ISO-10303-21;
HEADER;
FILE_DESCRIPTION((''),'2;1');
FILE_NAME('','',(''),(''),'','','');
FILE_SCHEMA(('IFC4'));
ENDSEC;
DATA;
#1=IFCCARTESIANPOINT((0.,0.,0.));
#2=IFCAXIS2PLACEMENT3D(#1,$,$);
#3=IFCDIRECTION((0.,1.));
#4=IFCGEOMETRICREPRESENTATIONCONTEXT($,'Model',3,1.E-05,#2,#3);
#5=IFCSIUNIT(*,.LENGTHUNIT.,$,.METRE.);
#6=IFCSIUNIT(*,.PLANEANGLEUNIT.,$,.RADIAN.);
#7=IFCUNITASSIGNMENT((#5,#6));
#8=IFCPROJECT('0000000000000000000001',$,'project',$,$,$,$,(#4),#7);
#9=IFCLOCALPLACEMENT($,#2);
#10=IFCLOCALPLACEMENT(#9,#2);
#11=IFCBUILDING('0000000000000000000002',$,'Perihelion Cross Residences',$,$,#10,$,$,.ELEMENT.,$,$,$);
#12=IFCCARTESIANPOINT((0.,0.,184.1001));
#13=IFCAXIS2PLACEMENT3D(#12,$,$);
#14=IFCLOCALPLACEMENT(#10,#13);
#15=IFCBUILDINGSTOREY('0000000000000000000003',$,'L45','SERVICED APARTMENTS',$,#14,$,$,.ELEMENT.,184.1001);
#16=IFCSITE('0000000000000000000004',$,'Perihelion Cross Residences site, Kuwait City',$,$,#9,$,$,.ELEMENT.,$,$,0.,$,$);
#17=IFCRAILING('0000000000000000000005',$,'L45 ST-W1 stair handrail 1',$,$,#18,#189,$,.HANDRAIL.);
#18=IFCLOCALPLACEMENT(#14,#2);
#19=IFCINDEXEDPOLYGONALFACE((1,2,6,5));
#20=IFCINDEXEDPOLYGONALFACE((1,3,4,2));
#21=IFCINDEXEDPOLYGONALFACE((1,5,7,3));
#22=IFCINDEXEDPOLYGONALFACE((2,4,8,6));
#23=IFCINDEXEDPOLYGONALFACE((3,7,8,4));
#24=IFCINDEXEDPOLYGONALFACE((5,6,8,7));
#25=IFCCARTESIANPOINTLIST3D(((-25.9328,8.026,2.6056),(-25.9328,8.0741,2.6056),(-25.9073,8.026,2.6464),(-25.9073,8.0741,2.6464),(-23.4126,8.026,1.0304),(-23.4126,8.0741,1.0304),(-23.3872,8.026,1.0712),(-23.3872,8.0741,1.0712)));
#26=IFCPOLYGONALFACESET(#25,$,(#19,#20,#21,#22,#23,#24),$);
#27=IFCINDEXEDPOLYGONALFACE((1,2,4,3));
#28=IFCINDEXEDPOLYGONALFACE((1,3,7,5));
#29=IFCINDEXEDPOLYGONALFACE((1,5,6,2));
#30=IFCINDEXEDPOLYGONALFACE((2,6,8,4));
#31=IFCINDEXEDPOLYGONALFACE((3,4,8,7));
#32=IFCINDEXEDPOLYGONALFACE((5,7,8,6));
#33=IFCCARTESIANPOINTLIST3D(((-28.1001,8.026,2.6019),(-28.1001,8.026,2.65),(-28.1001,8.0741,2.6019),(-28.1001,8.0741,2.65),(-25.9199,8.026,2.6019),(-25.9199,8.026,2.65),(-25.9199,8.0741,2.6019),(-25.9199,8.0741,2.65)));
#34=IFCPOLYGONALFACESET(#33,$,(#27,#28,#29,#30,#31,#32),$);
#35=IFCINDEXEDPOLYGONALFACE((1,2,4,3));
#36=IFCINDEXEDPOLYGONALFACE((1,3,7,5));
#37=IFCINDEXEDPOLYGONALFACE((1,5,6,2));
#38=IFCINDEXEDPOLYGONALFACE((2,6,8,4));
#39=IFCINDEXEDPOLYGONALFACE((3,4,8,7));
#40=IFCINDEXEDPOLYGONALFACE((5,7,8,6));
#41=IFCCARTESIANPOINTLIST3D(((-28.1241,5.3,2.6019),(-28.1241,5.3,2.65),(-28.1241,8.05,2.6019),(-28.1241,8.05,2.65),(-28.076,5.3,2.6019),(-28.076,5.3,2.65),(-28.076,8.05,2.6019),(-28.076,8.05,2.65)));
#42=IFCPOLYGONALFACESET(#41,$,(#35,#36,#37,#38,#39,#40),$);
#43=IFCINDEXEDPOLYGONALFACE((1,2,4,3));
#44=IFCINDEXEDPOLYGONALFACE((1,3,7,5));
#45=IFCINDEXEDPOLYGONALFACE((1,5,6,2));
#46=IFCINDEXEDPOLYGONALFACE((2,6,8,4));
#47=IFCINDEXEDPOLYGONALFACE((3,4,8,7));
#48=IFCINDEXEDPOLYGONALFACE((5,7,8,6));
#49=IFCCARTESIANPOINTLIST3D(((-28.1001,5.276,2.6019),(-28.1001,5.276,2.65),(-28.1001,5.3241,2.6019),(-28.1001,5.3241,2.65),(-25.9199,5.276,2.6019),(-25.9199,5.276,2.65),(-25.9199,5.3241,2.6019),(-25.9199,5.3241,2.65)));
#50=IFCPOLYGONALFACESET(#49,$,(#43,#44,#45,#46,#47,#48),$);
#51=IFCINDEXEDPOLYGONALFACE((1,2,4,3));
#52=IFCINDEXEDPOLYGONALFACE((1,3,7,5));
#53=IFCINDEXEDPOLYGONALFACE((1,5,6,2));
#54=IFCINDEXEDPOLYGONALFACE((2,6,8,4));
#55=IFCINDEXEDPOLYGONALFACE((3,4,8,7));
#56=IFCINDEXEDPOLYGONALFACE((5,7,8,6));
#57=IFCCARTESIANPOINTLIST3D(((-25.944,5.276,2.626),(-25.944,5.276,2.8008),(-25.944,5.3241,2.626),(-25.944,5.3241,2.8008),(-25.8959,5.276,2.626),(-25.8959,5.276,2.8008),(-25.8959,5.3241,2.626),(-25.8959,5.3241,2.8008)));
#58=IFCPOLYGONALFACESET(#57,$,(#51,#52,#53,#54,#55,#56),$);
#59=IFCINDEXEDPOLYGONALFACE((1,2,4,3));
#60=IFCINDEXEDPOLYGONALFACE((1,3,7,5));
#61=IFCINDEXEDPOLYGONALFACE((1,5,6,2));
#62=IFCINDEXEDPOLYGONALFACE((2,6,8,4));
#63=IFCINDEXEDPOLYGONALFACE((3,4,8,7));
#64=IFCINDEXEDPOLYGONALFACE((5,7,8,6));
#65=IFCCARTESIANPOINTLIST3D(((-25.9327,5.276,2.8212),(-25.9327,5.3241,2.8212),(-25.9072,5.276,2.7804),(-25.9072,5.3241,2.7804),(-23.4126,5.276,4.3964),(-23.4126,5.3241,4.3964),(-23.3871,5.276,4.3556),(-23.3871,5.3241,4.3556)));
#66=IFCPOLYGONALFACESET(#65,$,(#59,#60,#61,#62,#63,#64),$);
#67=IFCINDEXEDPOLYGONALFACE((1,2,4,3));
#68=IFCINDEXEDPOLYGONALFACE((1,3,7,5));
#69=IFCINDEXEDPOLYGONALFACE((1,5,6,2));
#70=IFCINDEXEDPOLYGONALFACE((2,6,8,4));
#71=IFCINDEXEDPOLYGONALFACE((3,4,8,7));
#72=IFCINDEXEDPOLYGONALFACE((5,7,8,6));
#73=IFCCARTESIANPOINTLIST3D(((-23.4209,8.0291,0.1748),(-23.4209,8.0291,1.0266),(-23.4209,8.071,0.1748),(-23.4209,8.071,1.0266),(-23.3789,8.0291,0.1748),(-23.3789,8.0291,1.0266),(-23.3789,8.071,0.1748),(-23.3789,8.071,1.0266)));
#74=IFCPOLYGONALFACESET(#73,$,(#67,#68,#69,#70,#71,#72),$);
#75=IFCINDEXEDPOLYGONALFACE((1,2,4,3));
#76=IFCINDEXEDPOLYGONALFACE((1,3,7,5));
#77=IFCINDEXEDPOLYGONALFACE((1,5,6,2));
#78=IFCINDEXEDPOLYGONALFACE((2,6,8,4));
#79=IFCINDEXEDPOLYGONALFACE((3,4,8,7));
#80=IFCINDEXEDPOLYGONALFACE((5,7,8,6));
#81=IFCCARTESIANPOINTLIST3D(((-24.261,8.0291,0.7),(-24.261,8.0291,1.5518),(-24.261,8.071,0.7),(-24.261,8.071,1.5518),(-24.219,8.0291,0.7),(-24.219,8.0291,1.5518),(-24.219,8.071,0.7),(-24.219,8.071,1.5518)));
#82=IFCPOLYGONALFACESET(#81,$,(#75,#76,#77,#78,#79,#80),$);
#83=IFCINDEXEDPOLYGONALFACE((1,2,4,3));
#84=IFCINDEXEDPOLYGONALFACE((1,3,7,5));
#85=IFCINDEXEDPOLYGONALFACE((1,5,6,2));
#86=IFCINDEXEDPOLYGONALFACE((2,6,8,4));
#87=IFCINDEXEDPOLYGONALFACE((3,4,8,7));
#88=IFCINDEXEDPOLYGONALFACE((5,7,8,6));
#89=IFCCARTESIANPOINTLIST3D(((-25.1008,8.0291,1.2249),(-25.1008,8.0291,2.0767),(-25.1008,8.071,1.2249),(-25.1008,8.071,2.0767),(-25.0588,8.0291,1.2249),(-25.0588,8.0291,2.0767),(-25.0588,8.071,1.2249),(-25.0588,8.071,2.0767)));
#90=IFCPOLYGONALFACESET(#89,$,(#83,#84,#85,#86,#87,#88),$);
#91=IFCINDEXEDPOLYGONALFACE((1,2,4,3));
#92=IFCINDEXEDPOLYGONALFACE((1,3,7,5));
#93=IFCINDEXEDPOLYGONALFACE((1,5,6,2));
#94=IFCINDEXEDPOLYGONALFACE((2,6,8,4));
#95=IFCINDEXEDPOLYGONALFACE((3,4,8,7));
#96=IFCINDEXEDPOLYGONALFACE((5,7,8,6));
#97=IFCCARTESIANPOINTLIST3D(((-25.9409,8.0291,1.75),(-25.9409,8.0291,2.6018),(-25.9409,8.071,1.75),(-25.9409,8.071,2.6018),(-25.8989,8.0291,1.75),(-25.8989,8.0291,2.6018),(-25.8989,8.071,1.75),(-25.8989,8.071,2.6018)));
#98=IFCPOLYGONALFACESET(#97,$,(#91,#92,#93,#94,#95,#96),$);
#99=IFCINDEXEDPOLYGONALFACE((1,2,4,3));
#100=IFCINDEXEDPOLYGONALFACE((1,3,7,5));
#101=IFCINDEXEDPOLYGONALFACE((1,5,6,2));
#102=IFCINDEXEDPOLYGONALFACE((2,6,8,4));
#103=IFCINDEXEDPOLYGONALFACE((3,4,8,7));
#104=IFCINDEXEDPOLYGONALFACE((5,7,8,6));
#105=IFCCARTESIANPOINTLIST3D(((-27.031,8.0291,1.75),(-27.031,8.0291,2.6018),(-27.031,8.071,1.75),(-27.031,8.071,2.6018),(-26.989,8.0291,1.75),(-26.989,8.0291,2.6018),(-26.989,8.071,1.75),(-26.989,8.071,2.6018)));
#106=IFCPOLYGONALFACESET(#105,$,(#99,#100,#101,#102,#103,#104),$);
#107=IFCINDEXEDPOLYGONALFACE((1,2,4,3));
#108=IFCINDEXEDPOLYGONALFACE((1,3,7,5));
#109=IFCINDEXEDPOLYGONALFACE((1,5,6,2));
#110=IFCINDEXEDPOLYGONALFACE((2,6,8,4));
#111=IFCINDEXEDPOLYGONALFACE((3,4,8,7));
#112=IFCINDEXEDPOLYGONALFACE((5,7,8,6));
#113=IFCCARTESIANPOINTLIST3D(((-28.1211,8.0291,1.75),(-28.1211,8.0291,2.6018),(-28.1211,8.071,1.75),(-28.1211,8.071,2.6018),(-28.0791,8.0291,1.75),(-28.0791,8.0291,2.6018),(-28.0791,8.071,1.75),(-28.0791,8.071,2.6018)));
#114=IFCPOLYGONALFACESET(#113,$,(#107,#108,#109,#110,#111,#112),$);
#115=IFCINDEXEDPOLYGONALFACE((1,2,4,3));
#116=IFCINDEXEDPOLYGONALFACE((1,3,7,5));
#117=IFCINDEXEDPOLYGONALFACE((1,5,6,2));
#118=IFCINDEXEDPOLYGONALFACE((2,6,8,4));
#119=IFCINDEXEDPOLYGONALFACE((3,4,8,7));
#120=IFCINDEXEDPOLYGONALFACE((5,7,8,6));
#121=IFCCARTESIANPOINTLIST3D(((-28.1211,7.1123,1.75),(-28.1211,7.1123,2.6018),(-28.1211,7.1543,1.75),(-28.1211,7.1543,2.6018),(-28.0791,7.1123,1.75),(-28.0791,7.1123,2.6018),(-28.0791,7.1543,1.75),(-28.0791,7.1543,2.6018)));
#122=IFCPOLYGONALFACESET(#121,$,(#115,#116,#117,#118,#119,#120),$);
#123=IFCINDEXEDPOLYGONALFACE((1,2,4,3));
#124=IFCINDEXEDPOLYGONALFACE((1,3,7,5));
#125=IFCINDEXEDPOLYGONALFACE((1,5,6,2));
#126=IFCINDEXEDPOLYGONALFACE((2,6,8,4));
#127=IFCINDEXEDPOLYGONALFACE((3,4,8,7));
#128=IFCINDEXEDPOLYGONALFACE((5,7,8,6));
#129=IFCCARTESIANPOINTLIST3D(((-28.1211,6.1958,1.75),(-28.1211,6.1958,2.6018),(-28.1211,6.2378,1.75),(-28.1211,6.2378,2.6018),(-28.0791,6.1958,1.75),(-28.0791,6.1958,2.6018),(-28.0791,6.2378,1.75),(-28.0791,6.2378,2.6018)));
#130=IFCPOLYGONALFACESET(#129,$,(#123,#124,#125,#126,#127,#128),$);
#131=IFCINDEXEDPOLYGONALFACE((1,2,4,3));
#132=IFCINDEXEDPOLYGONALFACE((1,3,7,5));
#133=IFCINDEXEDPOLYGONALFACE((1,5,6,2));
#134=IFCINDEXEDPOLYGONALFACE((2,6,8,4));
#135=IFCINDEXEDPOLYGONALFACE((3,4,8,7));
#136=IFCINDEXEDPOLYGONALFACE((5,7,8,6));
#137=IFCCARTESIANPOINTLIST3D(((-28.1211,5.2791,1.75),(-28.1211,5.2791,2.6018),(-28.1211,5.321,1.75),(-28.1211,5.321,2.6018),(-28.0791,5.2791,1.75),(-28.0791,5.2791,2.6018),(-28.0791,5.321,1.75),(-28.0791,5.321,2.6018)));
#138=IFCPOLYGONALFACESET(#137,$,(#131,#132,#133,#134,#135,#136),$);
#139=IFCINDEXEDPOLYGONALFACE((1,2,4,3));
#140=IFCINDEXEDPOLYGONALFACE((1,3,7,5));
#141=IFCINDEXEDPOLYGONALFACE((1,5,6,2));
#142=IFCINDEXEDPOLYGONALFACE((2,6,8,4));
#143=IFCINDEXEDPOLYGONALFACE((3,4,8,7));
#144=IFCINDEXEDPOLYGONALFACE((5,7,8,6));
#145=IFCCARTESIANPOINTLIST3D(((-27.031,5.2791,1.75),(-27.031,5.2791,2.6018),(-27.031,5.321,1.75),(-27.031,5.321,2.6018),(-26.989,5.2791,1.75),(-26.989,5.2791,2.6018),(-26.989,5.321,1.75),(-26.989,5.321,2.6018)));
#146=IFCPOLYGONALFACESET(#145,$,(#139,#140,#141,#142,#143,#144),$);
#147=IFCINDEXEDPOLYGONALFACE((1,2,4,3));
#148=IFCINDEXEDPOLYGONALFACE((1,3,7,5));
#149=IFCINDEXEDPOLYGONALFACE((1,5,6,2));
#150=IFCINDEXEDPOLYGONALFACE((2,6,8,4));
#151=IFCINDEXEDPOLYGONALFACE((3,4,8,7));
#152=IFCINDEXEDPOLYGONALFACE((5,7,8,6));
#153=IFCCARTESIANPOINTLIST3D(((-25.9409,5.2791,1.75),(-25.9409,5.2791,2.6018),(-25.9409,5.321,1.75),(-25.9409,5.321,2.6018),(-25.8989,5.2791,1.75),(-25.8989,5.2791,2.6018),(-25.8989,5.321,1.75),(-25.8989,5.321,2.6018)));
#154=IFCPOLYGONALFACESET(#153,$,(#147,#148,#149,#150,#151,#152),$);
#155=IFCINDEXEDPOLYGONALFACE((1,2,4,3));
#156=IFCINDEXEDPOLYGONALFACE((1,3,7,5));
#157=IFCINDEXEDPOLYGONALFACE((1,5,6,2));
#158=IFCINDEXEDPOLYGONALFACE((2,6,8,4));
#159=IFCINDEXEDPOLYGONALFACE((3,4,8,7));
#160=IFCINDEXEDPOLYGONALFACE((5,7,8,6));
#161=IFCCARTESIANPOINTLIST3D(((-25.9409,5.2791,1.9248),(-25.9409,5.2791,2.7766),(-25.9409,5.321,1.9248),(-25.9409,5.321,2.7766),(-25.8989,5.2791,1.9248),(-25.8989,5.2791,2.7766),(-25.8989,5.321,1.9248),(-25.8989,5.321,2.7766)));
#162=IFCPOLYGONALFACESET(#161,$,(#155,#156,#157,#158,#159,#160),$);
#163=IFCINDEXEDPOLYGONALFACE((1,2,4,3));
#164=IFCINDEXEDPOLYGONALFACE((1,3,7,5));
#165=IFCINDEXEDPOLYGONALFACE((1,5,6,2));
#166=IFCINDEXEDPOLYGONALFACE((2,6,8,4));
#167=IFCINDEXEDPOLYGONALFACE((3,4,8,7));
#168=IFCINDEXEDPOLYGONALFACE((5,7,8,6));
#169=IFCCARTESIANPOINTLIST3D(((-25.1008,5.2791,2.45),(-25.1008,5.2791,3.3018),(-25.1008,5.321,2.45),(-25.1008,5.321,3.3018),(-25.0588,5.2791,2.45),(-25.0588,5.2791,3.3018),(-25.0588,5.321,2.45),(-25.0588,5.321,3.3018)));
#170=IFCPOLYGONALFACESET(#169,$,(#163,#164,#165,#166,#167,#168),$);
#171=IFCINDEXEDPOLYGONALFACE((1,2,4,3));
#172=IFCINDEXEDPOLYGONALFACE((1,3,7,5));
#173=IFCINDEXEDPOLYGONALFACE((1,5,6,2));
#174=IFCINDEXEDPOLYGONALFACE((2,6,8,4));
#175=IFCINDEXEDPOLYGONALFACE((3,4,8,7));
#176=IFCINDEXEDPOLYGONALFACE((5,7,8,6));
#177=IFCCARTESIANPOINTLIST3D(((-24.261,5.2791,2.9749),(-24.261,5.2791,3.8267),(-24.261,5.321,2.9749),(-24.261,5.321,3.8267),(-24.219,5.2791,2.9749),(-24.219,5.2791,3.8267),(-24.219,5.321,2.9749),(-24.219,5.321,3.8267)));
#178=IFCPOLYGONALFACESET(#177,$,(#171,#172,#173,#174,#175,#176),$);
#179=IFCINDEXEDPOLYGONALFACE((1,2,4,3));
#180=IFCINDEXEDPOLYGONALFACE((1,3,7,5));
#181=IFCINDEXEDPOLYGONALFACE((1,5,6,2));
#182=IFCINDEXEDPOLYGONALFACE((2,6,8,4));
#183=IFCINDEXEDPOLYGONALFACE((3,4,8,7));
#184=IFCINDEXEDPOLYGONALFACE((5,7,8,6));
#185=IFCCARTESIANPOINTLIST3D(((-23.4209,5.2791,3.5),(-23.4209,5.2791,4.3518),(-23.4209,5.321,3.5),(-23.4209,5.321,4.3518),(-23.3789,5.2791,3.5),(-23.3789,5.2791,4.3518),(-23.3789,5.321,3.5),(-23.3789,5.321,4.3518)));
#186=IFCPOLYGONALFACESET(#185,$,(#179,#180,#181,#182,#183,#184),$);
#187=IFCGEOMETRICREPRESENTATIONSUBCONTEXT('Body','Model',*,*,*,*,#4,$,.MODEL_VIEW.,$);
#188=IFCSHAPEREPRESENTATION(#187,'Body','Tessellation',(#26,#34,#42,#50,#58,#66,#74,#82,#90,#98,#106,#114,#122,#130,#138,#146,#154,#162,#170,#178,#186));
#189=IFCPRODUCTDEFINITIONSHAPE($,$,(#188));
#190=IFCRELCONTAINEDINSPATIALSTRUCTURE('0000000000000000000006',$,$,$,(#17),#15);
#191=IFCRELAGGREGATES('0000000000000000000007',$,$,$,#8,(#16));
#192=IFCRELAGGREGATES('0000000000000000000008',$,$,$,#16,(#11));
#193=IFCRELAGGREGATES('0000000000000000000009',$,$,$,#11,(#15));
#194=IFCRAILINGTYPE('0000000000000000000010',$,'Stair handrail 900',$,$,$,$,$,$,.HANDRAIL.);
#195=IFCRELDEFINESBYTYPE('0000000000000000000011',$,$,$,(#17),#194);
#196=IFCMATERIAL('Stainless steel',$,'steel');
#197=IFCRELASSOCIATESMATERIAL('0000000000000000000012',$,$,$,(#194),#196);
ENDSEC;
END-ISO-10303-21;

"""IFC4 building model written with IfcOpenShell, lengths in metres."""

from ifc_helpers import new_model, si_unit, direction, frame, origin, origin_2d, place, context, subcontext, project, spatial, rectangle, extrude, material, type_object, element, save


model = new_model("IFC4")

# Units and contexts
model_context = context("Model", 3, precision=1e-05, world=origin(), true_north=direction((0.0, 1.0)))
body_context = subcontext(model_context, "Body", "Model", "MODEL_VIEW")
ifc_project = project(units=[si_unit("LENGTHUNIT", "METRE"), si_unit("PLANEANGLEUNIT", "RADIAN")], contexts=[model_context])

# Site, building, storey
site_placement = place(None, origin())
site = spatial("IfcSite", under=ifc_project, at=site_placement, Name="Perihelion Cross Residences site, Kuwait City", CompositionType="ELEMENT", RefElevation=0.0)
building_placement = place(site_placement, origin())
building = spatial("IfcBuilding", under=site, at=building_placement, Name="Perihelion Cross Residences", CompositionType="ELEMENT")
storey_placement = place(building_placement, frame((0.0, 0.0, 184.1001)))
storey = spatial("IfcBuildingStorey", under=building, at=storey_placement, Name="L45", Description="SERVICED APARTMENTS", CompositionType="ELEMENT", Elevation=184.1001)

# Railing
ifc_material_1 = material(Name="Stainless steel", Category="steel")
railing_type_1 = type_object("IfcRailingType", Name="Stair handrail 900", PredefinedType="HANDRAIL", material=ifc_material_1)
railing_1_placement = place(storey_placement, frame((-23.3999, 8.05, 0.1748)))
element("IfcRailing", 1, at=railing_1_placement, inside=storey, type_object=railing_type_1, Name="L45 ST-W1 stair handrail 1", PredefinedType="HANDRAIL", context=body_context, shape_type="SweptSolid", body=[
    extrude(rectangle(XDim=0.0481, YDim=0.0481, at=origin_2d()), frame((0.0, 0.0, 0.876), z_axis=(-0.847971, 0.0, 0.530043), x_axis=(0.0, -1.0, 0.0)), (0.0, 0.0, 1.0), 2.9719),
    extrude(rectangle(XDim=0.0481, YDim=0.0481, at=origin_2d()), frame((-2.52, 0.0, 2.4512), z_axis=(-1.0, 0.0, 0.0), x_axis=(0.0, -1.0, 0.0)), (0.0, 0.0, 1.0), 2.1802),
    extrude(rectangle(XDim=0.0481, YDim=0.0481, at=origin_2d()), frame((-4.7002, 0.0, 2.4512), z_axis=(0.0, -1.0, 0.0), x_axis=(1.0, 0.0, 0.0)), (0.0, 0.0, 1.0), 2.75),
    extrude(rectangle(XDim=0.0481, YDim=0.0481, at=origin_2d()), frame((-4.7002, -2.75, 2.4512), z_axis=(1.0, 0.0, 0.0), x_axis=(0.0, 1.0, 0.0)), (0.0, 0.0, 1.0), 2.1802),
    extrude(rectangle(XDim=0.0481, YDim=0.0481, at=origin_2d()), frame((-2.52, -2.75, 2.4512), z_axis=(0.0, 0.0, 1.0), x_axis=(1.0, 0.0, 0.0)), (0.0, 0.0, 1.0), 0.1748),
    extrude(rectangle(XDim=0.0481, YDim=0.0481, at=origin_2d()), frame((-2.52, -2.75, 2.626), z_axis=(0.847971, 0.0, 0.530043), x_axis=(0.0, 1.0, 0.0)), (0.0, 0.0, 1.0), 2.9719),
    extrude(rectangle(XDim=0.042, YDim=0.042, at=origin_2d()), origin(), (0.0, 0.0, 1.0), 0.8518),
    extrude(rectangle(XDim=0.042, YDim=0.042, at=origin_2d()), frame((-0.8401, 0.0, 0.5251)), (0.0, 0.0, 1.0), 0.8518),
    extrude(rectangle(XDim=0.042, YDim=0.042, at=origin_2d()), frame((-1.6799, 0.0, 1.05)), (0.0, 0.0, 1.0), 0.8518),
    extrude(rectangle(XDim=0.042, YDim=0.042, at=origin_2d()), frame((-2.52, 0.0, 1.5752)), (0.0, 0.0, 1.0), 0.8518),
    extrude(rectangle(XDim=0.042, YDim=0.042, at=origin_2d()), frame((-3.6101, 0.0, 1.5752)), (0.0, 0.0, 1.0), 0.8518),
    extrude(rectangle(XDim=0.042, YDim=0.042, at=origin_2d()), frame((-4.7002, 0.0, 1.5752)), (0.0, 0.0, 1.0), 0.8518),
    extrude(rectangle(XDim=0.042, YDim=0.042, at=origin_2d()), frame((-4.7002, -0.9167, 1.5752)), (0.0, 0.0, 1.0), 0.8518),
    extrude(rectangle(XDim=0.042, YDim=0.042, at=origin_2d()), frame((-4.7002, -1.8333, 1.5752)), (0.0, 0.0, 1.0), 0.8518),
    extrude(rectangle(XDim=0.042, YDim=0.042, at=origin_2d()), frame((-4.7002, -2.75, 1.5752)), (0.0, 0.0, 1.0), 0.8518),
    extrude(rectangle(XDim=0.042, YDim=0.042, at=origin_2d()), frame((-3.6101, -2.75, 1.5752)), (0.0, 0.0, 1.0), 0.8518),
    extrude(rectangle(XDim=0.042, YDim=0.042, at=origin_2d()), frame((-2.52, -2.75, 1.5752)), (0.0, 0.0, 1.0), 0.8518),
    extrude(rectangle(XDim=0.042, YDim=0.042, at=origin_2d()), frame((-2.52, -2.75, 1.75)), (0.0, 0.0, 1.0), 0.8518),
    extrude(rectangle(XDim=0.042, YDim=0.042, at=origin_2d()), frame((-1.6799, -2.75, 2.2751)), (0.0, 0.0, 1.0), 0.8518),
    extrude(rectangle(XDim=0.042, YDim=0.042, at=origin_2d()), frame((-0.8401, -2.75, 2.8)), (0.0, 0.0, 1.0), 0.8518),
    extrude(rectangle(XDim=0.042, YDim=0.042, at=origin_2d()), frame((0.0, -2.75, 3.3252)), (0.0, 0.0, 1.0), 0.8518),
])

save(model, "model.ifc")
